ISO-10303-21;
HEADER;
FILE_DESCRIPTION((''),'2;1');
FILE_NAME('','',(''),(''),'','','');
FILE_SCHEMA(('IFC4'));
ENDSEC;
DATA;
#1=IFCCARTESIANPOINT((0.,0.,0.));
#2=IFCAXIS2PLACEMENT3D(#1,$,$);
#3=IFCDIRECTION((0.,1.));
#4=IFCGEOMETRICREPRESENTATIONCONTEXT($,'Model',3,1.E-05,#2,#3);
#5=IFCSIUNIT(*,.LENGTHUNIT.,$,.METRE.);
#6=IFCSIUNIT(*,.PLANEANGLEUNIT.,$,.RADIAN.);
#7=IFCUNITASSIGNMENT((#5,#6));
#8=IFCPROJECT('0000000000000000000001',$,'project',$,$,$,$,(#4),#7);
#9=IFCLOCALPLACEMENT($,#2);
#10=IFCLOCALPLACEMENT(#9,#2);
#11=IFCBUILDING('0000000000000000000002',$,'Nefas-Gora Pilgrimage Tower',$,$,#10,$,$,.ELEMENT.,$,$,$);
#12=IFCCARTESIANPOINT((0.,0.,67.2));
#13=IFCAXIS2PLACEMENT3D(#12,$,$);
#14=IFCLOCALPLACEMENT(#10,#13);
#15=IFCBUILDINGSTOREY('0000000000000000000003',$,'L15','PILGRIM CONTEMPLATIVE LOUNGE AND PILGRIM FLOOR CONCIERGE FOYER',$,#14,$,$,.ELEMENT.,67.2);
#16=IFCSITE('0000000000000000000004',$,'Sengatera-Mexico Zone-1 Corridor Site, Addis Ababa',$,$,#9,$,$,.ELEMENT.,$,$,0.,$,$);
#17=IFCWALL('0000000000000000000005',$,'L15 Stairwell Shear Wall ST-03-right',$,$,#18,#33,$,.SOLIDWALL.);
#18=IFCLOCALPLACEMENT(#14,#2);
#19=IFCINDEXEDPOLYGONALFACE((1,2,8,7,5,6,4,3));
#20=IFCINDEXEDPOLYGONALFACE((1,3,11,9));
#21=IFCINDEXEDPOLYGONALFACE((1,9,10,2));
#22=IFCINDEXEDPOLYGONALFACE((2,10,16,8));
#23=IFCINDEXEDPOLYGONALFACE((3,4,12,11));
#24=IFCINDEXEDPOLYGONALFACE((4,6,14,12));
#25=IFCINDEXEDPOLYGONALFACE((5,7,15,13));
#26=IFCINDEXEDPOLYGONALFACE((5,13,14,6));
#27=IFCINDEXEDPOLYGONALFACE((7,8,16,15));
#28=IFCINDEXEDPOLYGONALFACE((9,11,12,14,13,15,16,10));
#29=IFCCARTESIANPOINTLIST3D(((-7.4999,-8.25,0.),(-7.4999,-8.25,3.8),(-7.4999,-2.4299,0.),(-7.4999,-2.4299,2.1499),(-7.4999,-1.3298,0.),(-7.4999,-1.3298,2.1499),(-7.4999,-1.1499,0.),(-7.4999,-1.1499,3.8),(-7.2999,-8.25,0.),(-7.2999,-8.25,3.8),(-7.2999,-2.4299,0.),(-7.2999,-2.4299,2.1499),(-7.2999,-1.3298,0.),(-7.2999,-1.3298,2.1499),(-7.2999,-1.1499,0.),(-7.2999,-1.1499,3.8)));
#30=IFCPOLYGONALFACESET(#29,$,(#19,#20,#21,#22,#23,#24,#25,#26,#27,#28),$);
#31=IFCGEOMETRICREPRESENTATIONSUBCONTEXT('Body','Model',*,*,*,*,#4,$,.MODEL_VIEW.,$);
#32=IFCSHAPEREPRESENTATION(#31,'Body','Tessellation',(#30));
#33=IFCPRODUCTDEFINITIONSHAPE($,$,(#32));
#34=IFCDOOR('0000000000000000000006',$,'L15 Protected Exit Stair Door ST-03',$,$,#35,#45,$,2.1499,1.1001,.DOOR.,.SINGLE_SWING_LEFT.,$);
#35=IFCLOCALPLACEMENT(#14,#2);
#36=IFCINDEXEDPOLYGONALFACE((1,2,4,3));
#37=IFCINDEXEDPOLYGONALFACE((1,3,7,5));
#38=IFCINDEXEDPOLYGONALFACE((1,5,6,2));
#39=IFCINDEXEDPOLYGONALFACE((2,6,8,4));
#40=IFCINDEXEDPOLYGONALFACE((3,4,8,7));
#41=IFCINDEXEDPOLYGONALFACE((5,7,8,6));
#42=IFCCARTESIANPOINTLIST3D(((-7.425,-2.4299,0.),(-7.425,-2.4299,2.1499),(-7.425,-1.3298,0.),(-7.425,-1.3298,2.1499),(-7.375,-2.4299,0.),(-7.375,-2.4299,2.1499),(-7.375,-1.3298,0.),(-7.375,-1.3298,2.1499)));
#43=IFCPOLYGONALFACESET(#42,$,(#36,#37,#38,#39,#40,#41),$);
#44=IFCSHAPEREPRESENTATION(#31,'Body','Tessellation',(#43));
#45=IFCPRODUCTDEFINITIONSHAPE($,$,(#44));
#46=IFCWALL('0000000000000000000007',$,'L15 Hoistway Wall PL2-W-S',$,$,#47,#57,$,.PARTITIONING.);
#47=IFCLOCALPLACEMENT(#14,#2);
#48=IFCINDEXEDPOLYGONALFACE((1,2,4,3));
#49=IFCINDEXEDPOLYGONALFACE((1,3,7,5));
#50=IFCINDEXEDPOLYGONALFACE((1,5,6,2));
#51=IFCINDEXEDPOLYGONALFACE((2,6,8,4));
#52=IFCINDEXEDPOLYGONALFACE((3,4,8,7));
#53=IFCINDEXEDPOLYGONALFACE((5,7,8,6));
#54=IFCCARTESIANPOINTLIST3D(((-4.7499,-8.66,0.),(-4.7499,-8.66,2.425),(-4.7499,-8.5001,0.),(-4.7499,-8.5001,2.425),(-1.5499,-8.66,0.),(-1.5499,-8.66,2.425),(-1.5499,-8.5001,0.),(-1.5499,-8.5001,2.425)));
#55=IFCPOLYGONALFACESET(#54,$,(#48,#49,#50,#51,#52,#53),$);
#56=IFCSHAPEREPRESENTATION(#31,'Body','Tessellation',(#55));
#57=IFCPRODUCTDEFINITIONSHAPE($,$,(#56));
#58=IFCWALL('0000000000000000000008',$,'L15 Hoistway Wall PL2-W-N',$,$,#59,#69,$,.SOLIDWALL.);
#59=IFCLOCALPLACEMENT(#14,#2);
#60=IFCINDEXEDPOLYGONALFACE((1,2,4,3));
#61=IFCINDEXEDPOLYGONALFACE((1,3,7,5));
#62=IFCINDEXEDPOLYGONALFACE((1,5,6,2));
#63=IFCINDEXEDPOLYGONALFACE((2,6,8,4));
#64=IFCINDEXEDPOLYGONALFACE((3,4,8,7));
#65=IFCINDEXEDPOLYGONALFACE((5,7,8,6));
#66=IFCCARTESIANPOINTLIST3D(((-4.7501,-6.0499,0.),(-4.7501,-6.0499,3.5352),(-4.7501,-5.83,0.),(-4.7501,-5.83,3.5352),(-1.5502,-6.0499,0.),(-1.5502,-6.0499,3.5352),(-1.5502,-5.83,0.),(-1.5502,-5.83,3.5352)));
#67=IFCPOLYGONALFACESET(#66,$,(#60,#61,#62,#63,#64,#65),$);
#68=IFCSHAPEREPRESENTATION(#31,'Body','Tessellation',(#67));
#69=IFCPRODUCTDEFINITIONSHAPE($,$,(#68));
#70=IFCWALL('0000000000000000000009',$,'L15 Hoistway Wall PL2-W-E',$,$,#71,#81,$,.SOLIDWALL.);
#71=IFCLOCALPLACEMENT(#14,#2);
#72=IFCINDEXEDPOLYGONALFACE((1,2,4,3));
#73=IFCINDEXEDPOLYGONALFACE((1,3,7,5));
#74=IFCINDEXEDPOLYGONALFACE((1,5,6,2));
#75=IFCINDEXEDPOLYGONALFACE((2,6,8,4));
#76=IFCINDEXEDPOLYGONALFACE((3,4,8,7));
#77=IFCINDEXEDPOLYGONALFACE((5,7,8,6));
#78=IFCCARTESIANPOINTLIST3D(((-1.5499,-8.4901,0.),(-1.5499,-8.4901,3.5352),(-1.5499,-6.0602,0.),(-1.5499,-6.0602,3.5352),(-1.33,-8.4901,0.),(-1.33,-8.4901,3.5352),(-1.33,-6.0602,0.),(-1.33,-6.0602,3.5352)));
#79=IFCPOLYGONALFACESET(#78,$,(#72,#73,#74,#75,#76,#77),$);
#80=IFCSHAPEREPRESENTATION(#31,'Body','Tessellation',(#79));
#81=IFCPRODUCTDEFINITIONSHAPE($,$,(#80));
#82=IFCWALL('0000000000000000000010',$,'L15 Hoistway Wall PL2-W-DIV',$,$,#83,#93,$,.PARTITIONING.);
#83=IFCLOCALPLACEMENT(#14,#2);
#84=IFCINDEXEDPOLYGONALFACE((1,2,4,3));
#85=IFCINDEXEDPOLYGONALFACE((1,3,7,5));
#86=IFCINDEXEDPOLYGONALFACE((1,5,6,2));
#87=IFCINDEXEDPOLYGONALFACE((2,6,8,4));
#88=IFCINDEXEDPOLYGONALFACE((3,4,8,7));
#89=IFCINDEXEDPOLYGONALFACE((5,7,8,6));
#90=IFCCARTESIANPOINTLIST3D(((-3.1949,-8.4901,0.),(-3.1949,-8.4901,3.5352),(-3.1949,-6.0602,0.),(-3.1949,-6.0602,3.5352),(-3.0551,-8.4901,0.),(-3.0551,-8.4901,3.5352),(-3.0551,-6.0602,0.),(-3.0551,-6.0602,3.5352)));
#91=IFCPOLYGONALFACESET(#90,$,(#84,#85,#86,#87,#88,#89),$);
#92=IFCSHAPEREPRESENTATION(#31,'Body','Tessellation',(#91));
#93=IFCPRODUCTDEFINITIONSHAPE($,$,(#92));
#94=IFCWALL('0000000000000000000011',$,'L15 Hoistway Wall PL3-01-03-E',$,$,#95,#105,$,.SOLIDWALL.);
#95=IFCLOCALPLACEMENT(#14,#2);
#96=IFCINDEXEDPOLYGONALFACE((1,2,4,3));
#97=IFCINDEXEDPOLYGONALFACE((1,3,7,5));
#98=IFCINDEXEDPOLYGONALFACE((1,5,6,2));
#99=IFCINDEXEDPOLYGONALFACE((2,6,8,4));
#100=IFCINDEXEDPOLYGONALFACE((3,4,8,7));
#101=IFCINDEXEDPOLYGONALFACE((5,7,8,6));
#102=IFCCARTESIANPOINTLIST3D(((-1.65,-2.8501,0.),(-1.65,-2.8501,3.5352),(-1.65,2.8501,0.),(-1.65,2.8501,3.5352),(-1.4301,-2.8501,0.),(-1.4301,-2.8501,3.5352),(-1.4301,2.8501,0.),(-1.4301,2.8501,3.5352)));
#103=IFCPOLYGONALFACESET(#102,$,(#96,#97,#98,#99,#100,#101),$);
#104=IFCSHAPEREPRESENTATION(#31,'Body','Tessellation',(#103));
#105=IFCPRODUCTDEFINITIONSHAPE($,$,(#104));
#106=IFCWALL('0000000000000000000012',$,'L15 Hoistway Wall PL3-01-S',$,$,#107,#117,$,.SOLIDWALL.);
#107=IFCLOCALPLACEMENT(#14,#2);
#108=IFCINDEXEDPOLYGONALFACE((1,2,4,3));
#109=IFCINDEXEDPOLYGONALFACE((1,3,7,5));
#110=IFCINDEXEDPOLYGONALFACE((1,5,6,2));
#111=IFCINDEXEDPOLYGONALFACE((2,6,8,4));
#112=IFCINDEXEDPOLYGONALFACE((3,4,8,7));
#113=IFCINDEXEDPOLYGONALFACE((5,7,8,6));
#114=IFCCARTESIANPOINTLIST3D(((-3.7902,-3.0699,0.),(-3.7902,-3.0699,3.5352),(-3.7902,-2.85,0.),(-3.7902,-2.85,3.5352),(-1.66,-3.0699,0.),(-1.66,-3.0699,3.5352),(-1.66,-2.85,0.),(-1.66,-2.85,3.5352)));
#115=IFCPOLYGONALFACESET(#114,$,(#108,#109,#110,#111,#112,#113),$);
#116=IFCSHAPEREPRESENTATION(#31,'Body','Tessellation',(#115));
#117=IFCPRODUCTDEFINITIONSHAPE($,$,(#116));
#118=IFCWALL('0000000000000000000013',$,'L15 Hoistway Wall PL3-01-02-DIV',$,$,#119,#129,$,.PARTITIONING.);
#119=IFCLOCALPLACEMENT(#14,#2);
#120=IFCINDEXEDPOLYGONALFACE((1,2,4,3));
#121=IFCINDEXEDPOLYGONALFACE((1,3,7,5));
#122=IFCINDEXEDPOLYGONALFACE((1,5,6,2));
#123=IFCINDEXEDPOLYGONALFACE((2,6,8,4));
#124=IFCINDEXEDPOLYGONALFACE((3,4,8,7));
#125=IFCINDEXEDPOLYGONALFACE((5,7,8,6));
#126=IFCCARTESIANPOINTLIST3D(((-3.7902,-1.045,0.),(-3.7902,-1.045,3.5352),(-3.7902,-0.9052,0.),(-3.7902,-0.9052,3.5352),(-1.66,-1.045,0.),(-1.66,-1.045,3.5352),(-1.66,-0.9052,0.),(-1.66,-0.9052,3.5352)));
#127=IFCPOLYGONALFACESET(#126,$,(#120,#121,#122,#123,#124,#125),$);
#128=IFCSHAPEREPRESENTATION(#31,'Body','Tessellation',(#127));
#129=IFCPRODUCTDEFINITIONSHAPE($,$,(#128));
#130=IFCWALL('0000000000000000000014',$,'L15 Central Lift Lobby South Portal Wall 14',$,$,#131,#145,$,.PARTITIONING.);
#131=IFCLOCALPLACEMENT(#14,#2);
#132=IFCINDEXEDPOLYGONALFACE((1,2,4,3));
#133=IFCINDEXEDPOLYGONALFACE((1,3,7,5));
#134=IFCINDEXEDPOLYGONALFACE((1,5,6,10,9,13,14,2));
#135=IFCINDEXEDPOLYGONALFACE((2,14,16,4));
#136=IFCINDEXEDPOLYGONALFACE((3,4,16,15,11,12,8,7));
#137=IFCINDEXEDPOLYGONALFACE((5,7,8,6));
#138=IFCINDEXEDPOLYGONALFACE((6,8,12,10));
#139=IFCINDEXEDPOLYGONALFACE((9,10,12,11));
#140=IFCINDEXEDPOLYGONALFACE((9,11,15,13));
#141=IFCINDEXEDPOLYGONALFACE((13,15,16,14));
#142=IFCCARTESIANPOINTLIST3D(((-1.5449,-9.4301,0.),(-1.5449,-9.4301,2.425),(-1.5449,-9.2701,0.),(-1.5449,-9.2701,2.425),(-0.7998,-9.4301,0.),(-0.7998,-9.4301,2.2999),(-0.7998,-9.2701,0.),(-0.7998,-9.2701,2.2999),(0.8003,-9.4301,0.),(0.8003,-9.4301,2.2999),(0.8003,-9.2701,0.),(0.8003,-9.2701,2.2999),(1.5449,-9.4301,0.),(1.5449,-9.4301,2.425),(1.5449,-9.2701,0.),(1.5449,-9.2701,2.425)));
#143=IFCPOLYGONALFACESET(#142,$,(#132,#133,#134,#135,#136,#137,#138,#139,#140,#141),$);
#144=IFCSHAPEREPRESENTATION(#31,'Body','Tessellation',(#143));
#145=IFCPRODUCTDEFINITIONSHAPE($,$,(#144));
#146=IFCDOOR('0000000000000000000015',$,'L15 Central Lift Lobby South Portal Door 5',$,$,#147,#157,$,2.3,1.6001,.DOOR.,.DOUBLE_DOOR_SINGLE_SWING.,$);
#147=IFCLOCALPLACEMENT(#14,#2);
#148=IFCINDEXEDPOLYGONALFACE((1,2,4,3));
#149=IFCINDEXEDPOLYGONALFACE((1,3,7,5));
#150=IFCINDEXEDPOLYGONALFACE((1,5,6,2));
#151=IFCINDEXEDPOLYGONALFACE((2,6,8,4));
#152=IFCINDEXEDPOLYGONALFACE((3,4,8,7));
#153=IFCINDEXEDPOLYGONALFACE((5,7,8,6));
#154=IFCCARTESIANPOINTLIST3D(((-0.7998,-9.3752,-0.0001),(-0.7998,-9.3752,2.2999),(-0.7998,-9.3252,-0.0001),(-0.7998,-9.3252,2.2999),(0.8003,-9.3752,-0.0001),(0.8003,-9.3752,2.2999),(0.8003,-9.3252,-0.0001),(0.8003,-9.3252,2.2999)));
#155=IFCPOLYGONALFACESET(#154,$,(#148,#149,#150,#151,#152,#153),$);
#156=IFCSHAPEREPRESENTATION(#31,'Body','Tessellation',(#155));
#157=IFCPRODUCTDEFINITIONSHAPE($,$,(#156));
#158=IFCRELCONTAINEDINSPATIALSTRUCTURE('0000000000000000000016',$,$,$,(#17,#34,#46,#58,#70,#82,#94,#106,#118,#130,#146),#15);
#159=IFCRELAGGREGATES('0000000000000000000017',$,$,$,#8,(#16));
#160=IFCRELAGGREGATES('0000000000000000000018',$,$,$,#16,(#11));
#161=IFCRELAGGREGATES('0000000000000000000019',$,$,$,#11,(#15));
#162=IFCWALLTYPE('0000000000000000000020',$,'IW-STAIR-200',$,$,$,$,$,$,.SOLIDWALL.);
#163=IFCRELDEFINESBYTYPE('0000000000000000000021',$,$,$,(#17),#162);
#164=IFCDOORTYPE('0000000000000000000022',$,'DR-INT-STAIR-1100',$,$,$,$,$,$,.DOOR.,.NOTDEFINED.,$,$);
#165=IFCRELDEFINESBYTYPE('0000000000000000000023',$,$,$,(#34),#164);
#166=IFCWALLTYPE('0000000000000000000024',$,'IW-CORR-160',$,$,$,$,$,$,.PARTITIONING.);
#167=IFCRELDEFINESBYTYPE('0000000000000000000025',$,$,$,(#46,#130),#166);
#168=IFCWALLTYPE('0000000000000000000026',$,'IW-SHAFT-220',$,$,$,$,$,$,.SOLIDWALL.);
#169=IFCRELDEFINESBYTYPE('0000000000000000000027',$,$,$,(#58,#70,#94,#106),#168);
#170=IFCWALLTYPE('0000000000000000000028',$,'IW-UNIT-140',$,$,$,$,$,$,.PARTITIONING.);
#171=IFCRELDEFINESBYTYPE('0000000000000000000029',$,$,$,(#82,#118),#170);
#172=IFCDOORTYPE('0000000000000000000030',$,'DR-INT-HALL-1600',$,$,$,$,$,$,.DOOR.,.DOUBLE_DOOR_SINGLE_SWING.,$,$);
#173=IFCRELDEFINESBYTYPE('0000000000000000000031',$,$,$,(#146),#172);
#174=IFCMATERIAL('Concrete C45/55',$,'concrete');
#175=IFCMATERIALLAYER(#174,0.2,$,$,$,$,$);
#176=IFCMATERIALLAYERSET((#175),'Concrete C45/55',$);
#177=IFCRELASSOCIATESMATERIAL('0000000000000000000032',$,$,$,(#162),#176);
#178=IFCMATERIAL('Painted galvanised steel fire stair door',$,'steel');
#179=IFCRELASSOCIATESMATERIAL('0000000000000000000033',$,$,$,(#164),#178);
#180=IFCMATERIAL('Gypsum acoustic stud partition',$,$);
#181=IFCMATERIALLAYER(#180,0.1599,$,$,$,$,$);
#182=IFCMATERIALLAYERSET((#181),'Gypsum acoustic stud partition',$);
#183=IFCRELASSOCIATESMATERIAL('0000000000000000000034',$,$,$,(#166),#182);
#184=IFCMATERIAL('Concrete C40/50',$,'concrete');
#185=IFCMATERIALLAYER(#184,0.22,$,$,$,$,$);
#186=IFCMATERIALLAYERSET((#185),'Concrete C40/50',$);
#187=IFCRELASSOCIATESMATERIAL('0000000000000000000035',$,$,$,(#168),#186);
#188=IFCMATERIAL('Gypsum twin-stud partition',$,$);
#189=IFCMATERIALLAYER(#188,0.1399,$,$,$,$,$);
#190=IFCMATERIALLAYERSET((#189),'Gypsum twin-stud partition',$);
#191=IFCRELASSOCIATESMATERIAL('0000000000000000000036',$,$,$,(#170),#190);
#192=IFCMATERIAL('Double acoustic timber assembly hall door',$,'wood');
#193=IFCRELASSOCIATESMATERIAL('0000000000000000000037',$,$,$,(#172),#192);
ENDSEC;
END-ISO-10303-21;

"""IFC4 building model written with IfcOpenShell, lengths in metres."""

from ifc_helpers import new_model, si_unit, direction, frame, frame_2d, origin, place, context, subcontext, project, spatial, rectangle, extrude, source, transform, mapped, material, layer, layer_set, type_object, element, fill, save


model = new_model("IFC4")

# Units and contexts
model_context = context("Model", 3, precision=1e-05, world=origin(), true_north=direction((0.0, 1.0)))
body_context = subcontext(model_context, "Body", "Model", "MODEL_VIEW")
ifc_project = project(units=[si_unit("LENGTHUNIT", "METRE"), si_unit("PLANEANGLEUNIT", "RADIAN")], contexts=[model_context])

# Site, building, storey
site_placement = place(None, origin())
site = spatial("IfcSite", under=ifc_project, at=site_placement, Name="Sengatera-Mexico Zone-1 Corridor Site, Addis Ababa", CompositionType="ELEMENT", RefElevation=0.0)
building_placement = place(site_placement, origin())
building = spatial("IfcBuilding", under=site, at=building_placement, Name="Nefas-Gora Pilgrimage Tower", CompositionType="ELEMENT")
storey_placement = place(building_placement, frame((0.0, 0.0, 67.2)))
storey = spatial("IfcBuildingStorey", under=building, at=storey_placement, Name="L15", Description="PILGRIM CONTEMPLATIVE LOUNGE AND PILGRIM FLOOR CONCIERGE FOYER", CompositionType="ELEMENT", Elevation=67.2)

# Shared definitions
ifc_material_1 = material(Name="Concrete C45/55", Category="concrete")
ifc_layer_1 = layer(ifc_material_1, 0.2)
ifc_layer_set_1 = layer_set([ifc_layer_1], Name="Concrete C45/55")
wall_type_1 = type_object("IfcWallType", Name="IW-STAIR-200", PredefinedType="SOLIDWALL", material=ifc_layer_set_1)
shared_shape_1 = source(origin(), body_context, "Body", "SweptSolid", [
    extrude(rectangle(XDim=7.1001, YDim=0.2, at=frame_2d((3.55, 0.0))), origin(), (0.0, 0.0, 1.0), 3.8),
])

# Wall, opening, door
wall_1_placement = place(storey_placement, frame((-7.3999, -1.1499, 0.0), z_axis=(0.0, 0.0, 1.0), x_axis=(0.0, -1.0, 0.0)))
wall_1 = element("IfcWall", 1, at=wall_1_placement, inside=storey, type_object=wall_type_1, Name="L15 Stairwell Shear Wall ST-03-right", PredefinedType="SOLIDWALL", context=body_context, shape_type="MappedRepresentation", body=[
    mapped(shared_shape_1, transform((0.0, 0.0, 0.0), x_axis=(1.0, 0.0, 0.0), y_axis=(0.0, 1.0, 0.0), z_axis=(0.0, 0.0, 1.0), scale=1.0)),
])
opening_1_placement = place(wall_1_placement, frame((0.1799, 0.0, 0.0)))
opening_1 = element("IfcOpeningElement", 2, at=opening_1_placement, cuts=wall_1, PredefinedType="OPENING", context=body_context, shape_type="SweptSolid", body=[
    extrude(rectangle(XDim=1.1001, YDim=2.1499, at=frame_2d((0.55, 1.075))), frame((0.0, 0.1099, 0.0), z_axis=(0.0, -1.0, 0.0), x_axis=(1.0, 0.0, 0.0)), (0.0, 0.0, 1.0), 0.22),
])
ifc_material_2 = material(Name="Painted galvanised steel fire stair door", Category="steel")
door_type_1 = type_object("IfcDoorType", Name="DR-INT-STAIR-1100", OperationType="NOTDEFINED", PredefinedType="DOOR", material=ifc_material_2)
shared_shape_2 = source(origin(), body_context, "Body", "SweptSolid", [
    extrude(rectangle(XDim=1.1001, YDim=2.1499, at=frame_2d((0.55, 1.075))), frame((0.0, 0.0249, 0.0), z_axis=(0.0, -1.0, 0.0), x_axis=(1.0, 0.0, 0.0)), (0.0, 0.0, 1.0), 0.05),
])
door_1_placement = place(opening_1_placement, origin())
door_1 = element("IfcDoor", 3, at=door_1_placement, inside=storey, type_object=door_type_1, Name="L15 Protected Exit Stair Door ST-03", OperationType="SINGLE_SWING_LEFT", OverallHeight=2.1499, OverallWidth=1.1001, PredefinedType="DOOR", context=body_context, shape_type="MappedRepresentation", body=[
    mapped(shared_shape_2, transform((0.0, 0.0, 0.0), x_axis=(1.0, 0.0, 0.0), y_axis=(0.0, 1.0, 0.0), z_axis=(0.0, 0.0, 1.0), scale=1.0)),
])
fill(opening_1, door_1)

# Walls
ifc_material_3 = material(Name="Gypsum acoustic stud partition")
ifc_layer_2 = layer(ifc_material_3, 0.1599)
ifc_layer_set_2 = layer_set([ifc_layer_2], Name="Gypsum acoustic stud partition")
wall_type_2 = type_object("IfcWallType", Name="IW-CORR-160", PredefinedType="PARTITIONING", material=ifc_layer_set_2)
shared_shape_3 = source(origin(), body_context, "Body", "SweptSolid", [
    extrude(rectangle(XDim=3.2, YDim=0.1599, at=frame_2d((1.6001, 0.0))), origin(), (0.0, 0.0, 1.0), 2.425),
])
wall_2_placement = place(storey_placement, frame((-4.75, -8.5801, 0.0), z_axis=(0.0, 0.0, 1.0), x_axis=(1.0, 0.0, 0.0)))
element("IfcWall", 4, at=wall_2_placement, inside=storey, type_object=wall_type_2, Name="L15 Hoistway Wall PL2-W-S", PredefinedType="PARTITIONING", context=body_context, shape_type="MappedRepresentation", body=[
    mapped(shared_shape_3, transform((0.0, 0.0, 0.0), x_axis=(1.0, 0.0, 0.0), y_axis=(0.0, 1.0, 0.0), z_axis=(0.0, 0.0, 1.0), scale=1.0)),
])
ifc_material_4 = material(Name="Concrete C40/50", Category="concrete")
ifc_layer_3 = layer(ifc_material_4, 0.22)
ifc_layer_set_3 = layer_set([ifc_layer_3], Name="Concrete C40/50")
wall_type_3 = type_object("IfcWallType", Name="IW-SHAFT-220", PredefinedType="SOLIDWALL", material=ifc_layer_set_3)
shared_shape_4 = source(origin(), body_context, "Body", "SweptSolid", [
    extrude(rectangle(XDim=3.2, YDim=0.22, at=frame_2d((1.6001, 0.0))), origin(), (0.0, 0.0, 1.0), 3.5352),
])
wall_3_placement = place(storey_placement, frame((-1.55, -5.9399, 0.0), z_axis=(0.0, 0.0, 1.0), x_axis=(-1.0, 0.0, 0.0)))
element("IfcWall", 5, at=wall_3_placement, inside=storey, type_object=wall_type_3, Name="L15 Hoistway Wall PL2-W-N", PredefinedType="SOLIDWALL", context=body_context, shape_type="MappedRepresentation", body=[
    mapped(shared_shape_4, transform((0.0, 0.0, 0.0), x_axis=(1.0, 0.0, 0.0), y_axis=(0.0, 1.0, 0.0), z_axis=(0.0, 0.0, 1.0), scale=1.0)),
])
shared_shape_5 = source(origin(), body_context, "Body", "SweptSolid", [
    extrude(rectangle(XDim=2.4299, YDim=0.22, at=frame_2d((1.2148, 0.0))), origin(), (0.0, 0.0, 1.0), 3.5352),
])
for number, where, z_axis, x_axis, name in (
    (6, (-1.4399, -8.49, 0.0), (0.0, 0.0, 1.0), (0.0, 1.0, 0.0), "L15 Hoistway Wall PL2-W-E"),
):
    element("IfcWall", number, at=place(storey_placement, frame(where, z_axis=z_axis, x_axis=x_axis)), inside=storey, type_object=wall_type_3, Name=name, PredefinedType="SOLIDWALL", context=body_context, shape_type="MappedRepresentation", body=[
        mapped(shared_shape_5, transform((0.0, 0.0, 0.0), x_axis=(1.0, 0.0, 0.0), y_axis=(0.0, 1.0, 0.0), z_axis=(0.0, 0.0, 1.0), scale=1.0)),
    ])
ifc_material_5 = material(Name="Gypsum twin-stud partition")
ifc_layer_4 = layer(ifc_material_5, 0.1399)
ifc_layer_set_4 = layer_set([ifc_layer_4], Name="Gypsum twin-stud partition")
wall_type_4 = type_object("IfcWallType", Name="IW-UNIT-140", PredefinedType="PARTITIONING", material=ifc_layer_set_4)
shared_shape_6 = source(origin(), body_context, "Body", "SweptSolid", [
    extrude(rectangle(XDim=2.4299, YDim=0.1399, at=frame_2d((1.2148, 0.0))), origin(), (0.0, 0.0, 1.0), 3.5352),
])
wall_4_placement = place(storey_placement, frame((-3.125, -8.49, 0.0), z_axis=(0.0, 0.0, 1.0), x_axis=(0.0, 1.0, 0.0)))
element("IfcWall", 7, at=wall_4_placement, inside=storey, type_object=wall_type_4, Name="L15 Hoistway Wall PL2-W-DIV", PredefinedType="PARTITIONING", context=body_context, shape_type="MappedRepresentation", body=[
    mapped(shared_shape_6, transform((0.0, 0.0, 0.0), x_axis=(1.0, 0.0, 0.0), y_axis=(0.0, 1.0, 0.0), z_axis=(0.0, 0.0, 1.0), scale=1.0)),
])
shared_shape_7 = source(origin(), body_context, "Body", "SweptSolid", [
    extrude(rectangle(XDim=5.7002, YDim=0.22, at=frame_2d((2.8501, 0.0))), origin(), (0.0, 0.0, 1.0), 3.5352),
])
wall_5_placement = place(storey_placement, frame((-1.54, -2.8501, 0.0), z_axis=(0.0, 0.0, 1.0), x_axis=(0.0, 1.0, 0.0)))
element("IfcWall", 8, at=wall_5_placement, inside=storey, type_object=wall_type_3, Name="L15 Hoistway Wall PL3-01-03-E", PredefinedType="SOLIDWALL", context=body_context, shape_type="MappedRepresentation", body=[
    mapped(shared_shape_7, transform((0.0, 0.0, 0.0), x_axis=(1.0, 0.0, 0.0), y_axis=(0.0, 1.0, 0.0), z_axis=(0.0, 0.0, 1.0), scale=1.0)),
])
shared_shape_8 = source(origin(), body_context, "Body", "SweptSolid", [
    extrude(rectangle(XDim=2.1301, YDim=0.22, at=frame_2d((1.0649, 0.0))), origin(), (0.0, 0.0, 1.0), 3.5352),
])
wall_6_placement = place(storey_placement, frame((-3.79, -2.96, 0.0), z_axis=(0.0, 0.0, 1.0), x_axis=(1.0, 0.0, 0.0)))
element("IfcWall", 9, at=wall_6_placement, inside=storey, type_object=wall_type_3, Name="L15 Hoistway Wall PL3-01-S", PredefinedType="SOLIDWALL", context=body_context, shape_type="MappedRepresentation", body=[
    mapped(shared_shape_8, transform((0.0, 0.0, 0.0), x_axis=(1.0, 0.0, 0.0), y_axis=(0.0, 1.0, 0.0), z_axis=(0.0, 0.0, 1.0), scale=1.0)),
])
shared_shape_9 = source(origin(), body_context, "Body", "SweptSolid", [
    extrude(rectangle(XDim=2.1301, YDim=0.1399, at=frame_2d((1.0649, 0.0))), origin(), (0.0, 0.0, 1.0), 3.5352),
])
wall_7_placement = place(storey_placement, frame((-3.79, -0.9751, 0.0), z_axis=(0.0, 0.0, 1.0), x_axis=(1.0, 0.0, 0.0)))
element("IfcWall", 10, at=wall_7_placement, inside=storey, type_object=wall_type_4, Name="L15 Hoistway Wall PL3-01-02-DIV", PredefinedType="PARTITIONING", context=body_context, shape_type="MappedRepresentation", body=[
    mapped(shared_shape_9, transform((0.0, 0.0, 0.0), x_axis=(1.0, 0.0, 0.0), y_axis=(0.0, 1.0, 0.0), z_axis=(0.0, 0.0, 1.0), scale=1.0)),
])

# Wall, opening, door
shared_shape_10 = source(origin(), body_context, "Body", "SweptSolid", [
    extrude(rectangle(XDim=3.0898, YDim=0.1599, at=frame_2d((1.5449, 0.0))), origin(), (0.0, 0.0, 1.0), 2.425),
])
wall_8_placement = place(storey_placement, frame((-1.5449, -9.3501, 0.0), z_axis=(0.0, 0.0, 1.0), x_axis=(1.0, 0.0, 0.0)))
wall_8 = element("IfcWall", 11, at=wall_8_placement, inside=storey, type_object=wall_type_2, Name="L15 Central Lift Lobby South Portal Wall 14", PredefinedType="PARTITIONING", context=body_context, shape_type="MappedRepresentation", body=[
    mapped(shared_shape_10, transform((0.0, 0.0, 0.0), x_axis=(1.0, 0.0, 0.0), y_axis=(0.0, 1.0, 0.0), z_axis=(0.0, 0.0, 1.0), scale=1.0)),
])
opening_2_placement = place(wall_8_placement, frame((0.7451, 0.0, 0.0)))
opening_2 = element("IfcOpeningElement", 12, at=opening_2_placement, cuts=wall_8, PredefinedType="OPENING", context=body_context, shape_type="SweptSolid", body=[
    extrude(rectangle(XDim=1.6001, YDim=2.3, at=frame_2d((0.8, 1.1499))), frame((0.0, 0.0898, 0.0), z_axis=(0.0, -1.0, 0.0), x_axis=(1.0, 0.0, 0.0)), (0.0, 0.0, 1.0), 0.1799),
])
ifc_material_6 = material(Name="Double acoustic timber assembly hall door", Category="wood")
door_type_2 = type_object("IfcDoorType", Name="DR-INT-HALL-1600", OperationType="DOUBLE_DOOR_SINGLE_SWING", PredefinedType="DOOR", material=ifc_material_6)
shared_shape_11 = source(origin(), body_context, "Body", "SweptSolid", [
    extrude(rectangle(XDim=1.6001, YDim=2.3, at=frame_2d((0.8, 1.1499))), frame((0.0, 0.0249, 0.0), z_axis=(0.0, -1.0, 0.0), x_axis=(1.0, 0.0, 0.0)), (0.0, 0.0, 1.0), 0.05),
])
door_2_placement = place(opening_2_placement, origin())
door_2 = element("IfcDoor", 13, at=door_2_placement, inside=storey, type_object=door_type_2, Name="L15 Central Lift Lobby South Portal Door 5", OperationType="DOUBLE_DOOR_SINGLE_SWING", OverallHeight=2.3, OverallWidth=1.6001, PredefinedType="DOOR", context=body_context, shape_type="MappedRepresentation", body=[
    mapped(shared_shape_11, transform((0.0, 0.0, 0.0), x_axis=(1.0, 0.0, 0.0), y_axis=(0.0, 1.0, 0.0), z_axis=(0.0, 0.0, 1.0), scale=1.0)),
])
fill(opening_2, door_2)

save(model, "model.ifc")
